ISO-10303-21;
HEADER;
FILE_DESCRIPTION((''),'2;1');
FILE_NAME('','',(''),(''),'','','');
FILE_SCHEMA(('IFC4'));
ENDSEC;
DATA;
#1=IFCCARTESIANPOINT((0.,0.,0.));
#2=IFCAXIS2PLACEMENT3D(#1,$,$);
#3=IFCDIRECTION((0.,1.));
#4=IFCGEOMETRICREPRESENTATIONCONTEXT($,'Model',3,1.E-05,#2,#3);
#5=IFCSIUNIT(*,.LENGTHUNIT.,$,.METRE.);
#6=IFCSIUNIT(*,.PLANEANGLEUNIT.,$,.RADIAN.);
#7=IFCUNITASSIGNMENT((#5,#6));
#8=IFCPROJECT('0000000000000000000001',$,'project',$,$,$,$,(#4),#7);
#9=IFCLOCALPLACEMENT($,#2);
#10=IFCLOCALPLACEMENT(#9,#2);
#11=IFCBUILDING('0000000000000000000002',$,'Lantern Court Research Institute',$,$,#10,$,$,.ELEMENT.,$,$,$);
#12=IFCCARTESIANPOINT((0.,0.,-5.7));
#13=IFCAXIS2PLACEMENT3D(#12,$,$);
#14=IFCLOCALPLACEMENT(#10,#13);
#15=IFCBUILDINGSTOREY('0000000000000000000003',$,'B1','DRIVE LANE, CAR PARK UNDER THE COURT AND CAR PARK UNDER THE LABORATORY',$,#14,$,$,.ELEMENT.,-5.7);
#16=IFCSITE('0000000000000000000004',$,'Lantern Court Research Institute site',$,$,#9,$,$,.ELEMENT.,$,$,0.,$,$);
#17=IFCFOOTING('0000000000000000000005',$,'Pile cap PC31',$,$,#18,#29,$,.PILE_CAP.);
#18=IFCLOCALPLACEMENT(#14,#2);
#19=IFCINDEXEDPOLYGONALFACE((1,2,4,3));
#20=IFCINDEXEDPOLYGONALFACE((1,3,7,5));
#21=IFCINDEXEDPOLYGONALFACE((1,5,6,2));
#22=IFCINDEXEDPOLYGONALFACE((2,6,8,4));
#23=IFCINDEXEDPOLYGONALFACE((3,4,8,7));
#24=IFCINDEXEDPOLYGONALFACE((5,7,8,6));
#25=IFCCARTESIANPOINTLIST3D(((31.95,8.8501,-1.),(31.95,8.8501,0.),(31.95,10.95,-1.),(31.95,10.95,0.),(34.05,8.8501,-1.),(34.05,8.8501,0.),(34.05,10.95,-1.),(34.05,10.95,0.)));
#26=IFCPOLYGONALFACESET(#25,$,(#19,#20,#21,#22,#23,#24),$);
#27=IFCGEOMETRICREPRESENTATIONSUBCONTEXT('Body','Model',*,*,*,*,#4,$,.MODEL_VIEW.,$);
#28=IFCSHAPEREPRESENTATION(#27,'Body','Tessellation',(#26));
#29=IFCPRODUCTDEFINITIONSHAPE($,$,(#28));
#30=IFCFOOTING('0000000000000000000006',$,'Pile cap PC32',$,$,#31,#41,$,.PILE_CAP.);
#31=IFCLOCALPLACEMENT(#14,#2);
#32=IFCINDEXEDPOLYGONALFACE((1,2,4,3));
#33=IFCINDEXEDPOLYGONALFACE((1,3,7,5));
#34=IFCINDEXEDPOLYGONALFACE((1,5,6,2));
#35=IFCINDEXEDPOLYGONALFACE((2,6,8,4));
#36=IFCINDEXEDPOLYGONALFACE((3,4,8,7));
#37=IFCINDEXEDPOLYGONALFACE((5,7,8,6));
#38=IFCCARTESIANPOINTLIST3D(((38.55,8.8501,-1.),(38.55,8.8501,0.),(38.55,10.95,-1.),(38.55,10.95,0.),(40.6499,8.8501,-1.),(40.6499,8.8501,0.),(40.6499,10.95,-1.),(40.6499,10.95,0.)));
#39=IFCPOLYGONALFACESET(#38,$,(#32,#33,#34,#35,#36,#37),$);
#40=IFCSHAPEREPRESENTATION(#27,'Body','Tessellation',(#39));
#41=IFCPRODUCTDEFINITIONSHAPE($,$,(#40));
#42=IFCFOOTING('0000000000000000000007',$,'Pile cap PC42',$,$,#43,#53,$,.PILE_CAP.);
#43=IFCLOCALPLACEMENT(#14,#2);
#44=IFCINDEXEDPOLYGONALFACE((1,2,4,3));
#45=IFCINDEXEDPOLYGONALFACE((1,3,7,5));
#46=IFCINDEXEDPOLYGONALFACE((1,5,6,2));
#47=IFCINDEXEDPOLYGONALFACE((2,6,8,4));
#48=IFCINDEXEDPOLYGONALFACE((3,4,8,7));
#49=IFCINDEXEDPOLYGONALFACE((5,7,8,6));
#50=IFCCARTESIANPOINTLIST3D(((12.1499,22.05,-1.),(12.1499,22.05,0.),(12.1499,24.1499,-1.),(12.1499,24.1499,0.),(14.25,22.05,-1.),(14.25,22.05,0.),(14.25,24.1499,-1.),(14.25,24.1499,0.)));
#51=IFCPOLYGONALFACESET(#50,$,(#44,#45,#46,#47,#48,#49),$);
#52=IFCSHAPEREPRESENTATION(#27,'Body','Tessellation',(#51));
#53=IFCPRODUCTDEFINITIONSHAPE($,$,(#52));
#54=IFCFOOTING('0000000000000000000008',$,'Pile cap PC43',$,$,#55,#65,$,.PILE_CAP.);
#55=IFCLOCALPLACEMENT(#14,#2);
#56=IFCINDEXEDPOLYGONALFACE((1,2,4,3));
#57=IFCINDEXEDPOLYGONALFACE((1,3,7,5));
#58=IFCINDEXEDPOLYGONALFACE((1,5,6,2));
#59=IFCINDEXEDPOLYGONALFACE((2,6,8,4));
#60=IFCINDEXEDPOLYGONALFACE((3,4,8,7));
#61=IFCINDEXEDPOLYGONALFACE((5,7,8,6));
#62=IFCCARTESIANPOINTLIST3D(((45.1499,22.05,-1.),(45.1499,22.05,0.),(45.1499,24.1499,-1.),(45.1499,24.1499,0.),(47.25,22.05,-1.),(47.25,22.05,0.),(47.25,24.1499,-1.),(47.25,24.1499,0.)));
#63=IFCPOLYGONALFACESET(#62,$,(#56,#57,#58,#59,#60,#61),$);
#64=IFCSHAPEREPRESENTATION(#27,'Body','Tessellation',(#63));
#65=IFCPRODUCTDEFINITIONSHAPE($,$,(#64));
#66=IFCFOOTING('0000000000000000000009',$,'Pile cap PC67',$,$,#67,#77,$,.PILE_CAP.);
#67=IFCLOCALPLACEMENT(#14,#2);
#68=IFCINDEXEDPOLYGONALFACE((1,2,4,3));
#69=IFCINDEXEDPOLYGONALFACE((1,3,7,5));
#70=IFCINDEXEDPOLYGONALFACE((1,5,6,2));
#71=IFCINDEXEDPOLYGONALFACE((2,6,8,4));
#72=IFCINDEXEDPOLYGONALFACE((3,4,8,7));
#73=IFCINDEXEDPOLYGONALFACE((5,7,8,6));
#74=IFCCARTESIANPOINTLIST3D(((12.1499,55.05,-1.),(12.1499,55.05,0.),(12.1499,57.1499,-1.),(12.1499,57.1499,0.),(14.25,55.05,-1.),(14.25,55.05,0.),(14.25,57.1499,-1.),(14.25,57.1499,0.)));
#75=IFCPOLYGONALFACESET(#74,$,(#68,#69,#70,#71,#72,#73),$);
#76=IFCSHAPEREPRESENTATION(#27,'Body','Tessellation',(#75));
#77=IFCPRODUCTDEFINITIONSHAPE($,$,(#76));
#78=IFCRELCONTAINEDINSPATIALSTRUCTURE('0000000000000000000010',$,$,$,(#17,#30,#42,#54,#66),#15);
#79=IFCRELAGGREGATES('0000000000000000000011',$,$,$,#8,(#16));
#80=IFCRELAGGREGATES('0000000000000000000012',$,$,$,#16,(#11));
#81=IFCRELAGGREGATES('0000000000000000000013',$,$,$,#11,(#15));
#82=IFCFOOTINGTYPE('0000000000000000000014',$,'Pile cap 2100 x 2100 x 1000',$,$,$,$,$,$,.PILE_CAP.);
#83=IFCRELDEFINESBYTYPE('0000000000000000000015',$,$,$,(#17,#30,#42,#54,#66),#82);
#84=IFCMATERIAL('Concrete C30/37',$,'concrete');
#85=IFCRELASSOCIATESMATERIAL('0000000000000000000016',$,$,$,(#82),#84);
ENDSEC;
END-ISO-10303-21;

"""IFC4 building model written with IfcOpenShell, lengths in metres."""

from ifc_helpers import new_model, si_unit, direction, frame, origin, place, context, subcontext, project, spatial, polyline, outline, extrude, material, type_object, element, save


model = new_model("IFC4")

# Units and contexts
model_context = context("Model", 3, precision=1e-05, world=origin(), true_north=direction((0.0, 1.0)))
body_context = subcontext(model_context, "Body", "Model", "MODEL_VIEW")
ifc_project = project(units=[si_unit("LENGTHUNIT", "METRE"), si_unit("PLANEANGLEUNIT", "RADIAN")], contexts=[model_context])

# Site, building, storey
site_placement = place(None, origin())
site = spatial("IfcSite", under=ifc_project, at=site_placement, Name="Lantern Court Research Institute site", CompositionType="ELEMENT", RefElevation=0.0)
building_placement = place(site_placement, origin())
building = spatial("IfcBuilding", under=site, at=building_placement, Name="Lantern Court Research Institute", CompositionType="ELEMENT")
storey_placement = place(building_placement, frame((0.0, 0.0, -5.7)))
storey = spatial("IfcBuildingStorey", under=building, at=storey_placement, Name="B1", Description="DRIVE LANE, CAR PARK UNDER THE COURT AND CAR PARK UNDER THE LABORATORY", CompositionType="ELEMENT", Elevation=-5.7)

# Footings
ifc_material_1 = material(Name="Concrete C30/37", Category="concrete")
footing_type_1 = type_object("IfcFootingType", Name="Pile cap 2100 x 2100 x 1000", PredefinedType="PILE_CAP", material=ifc_material_1)
footing_1_placement = place(storey_placement, frame((0.0, 0.0, -1.0)))
element("IfcFooting", 1, at=footing_1_placement, inside=storey, type_object=footing_type_1, Name="Pile cap PC31", PredefinedType="PILE_CAP", context=body_context, shape_type="SweptSolid", body=[
    extrude(outline(polyline([(31.95, 8.8501), (34.05, 8.8501), (34.05, 10.95), (31.95, 10.95), (31.95, 8.8501)])), origin(), (0.0, 0.0, 1.0), 1.0),
])
footing_2_placement = place(storey_placement, frame((0.0, 0.0, -1.0)))
element("IfcFooting", 2, at=footing_2_placement, inside=storey, type_object=footing_type_1, Name="Pile cap PC32", PredefinedType="PILE_CAP", context=body_context, shape_type="SweptSolid", body=[
    extrude(outline(polyline([(38.55, 8.8501), (40.6499, 8.8501), (40.6499, 10.95), (38.55, 10.95), (38.55, 8.8501)])), origin(), (0.0, 0.0, 1.0), 1.0),
])
footing_3_placement = place(storey_placement, frame((0.0, 0.0, -1.0)))
element("IfcFooting", 3, at=footing_3_placement, inside=storey, type_object=footing_type_1, Name="Pile cap PC42", PredefinedType="PILE_CAP", context=body_context, shape_type="SweptSolid", body=[
    extrude(outline(polyline([(12.1499, 22.05), (14.25, 22.05), (14.25, 24.1499), (12.1499, 24.1499), (12.1499, 22.05)])), origin(), (0.0, 0.0, 1.0), 1.0),
])
footing_4_placement = place(storey_placement, frame((0.0, 0.0, -1.0)))
element("IfcFooting", 4, at=footing_4_placement, inside=storey, type_object=footing_type_1, Name="Pile cap PC43", PredefinedType="PILE_CAP", context=body_context, shape_type="SweptSolid", body=[
    extrude(outline(polyline([(45.1499, 22.05), (47.25, 22.05), (47.25, 24.1499), (45.1499, 24.1499), (45.1499, 22.05)])), origin(), (0.0, 0.0, 1.0), 1.0),
])
footing_5_placement = place(storey_placement, frame((0.0, 0.0, -1.0)))
element("IfcFooting", 5, at=footing_5_placement, inside=storey, type_object=footing_type_1, Name="Pile cap PC67", PredefinedType="PILE_CAP", context=body_context, shape_type="SweptSolid", body=[
    extrude(outline(polyline([(12.1499, 55.05), (14.25, 55.05), (14.25, 57.1499), (12.1499, 57.1499), (12.1499, 55.05)])), origin(), (0.0, 0.0, 1.0), 1.0),
])

save(model, "model.ifc")
